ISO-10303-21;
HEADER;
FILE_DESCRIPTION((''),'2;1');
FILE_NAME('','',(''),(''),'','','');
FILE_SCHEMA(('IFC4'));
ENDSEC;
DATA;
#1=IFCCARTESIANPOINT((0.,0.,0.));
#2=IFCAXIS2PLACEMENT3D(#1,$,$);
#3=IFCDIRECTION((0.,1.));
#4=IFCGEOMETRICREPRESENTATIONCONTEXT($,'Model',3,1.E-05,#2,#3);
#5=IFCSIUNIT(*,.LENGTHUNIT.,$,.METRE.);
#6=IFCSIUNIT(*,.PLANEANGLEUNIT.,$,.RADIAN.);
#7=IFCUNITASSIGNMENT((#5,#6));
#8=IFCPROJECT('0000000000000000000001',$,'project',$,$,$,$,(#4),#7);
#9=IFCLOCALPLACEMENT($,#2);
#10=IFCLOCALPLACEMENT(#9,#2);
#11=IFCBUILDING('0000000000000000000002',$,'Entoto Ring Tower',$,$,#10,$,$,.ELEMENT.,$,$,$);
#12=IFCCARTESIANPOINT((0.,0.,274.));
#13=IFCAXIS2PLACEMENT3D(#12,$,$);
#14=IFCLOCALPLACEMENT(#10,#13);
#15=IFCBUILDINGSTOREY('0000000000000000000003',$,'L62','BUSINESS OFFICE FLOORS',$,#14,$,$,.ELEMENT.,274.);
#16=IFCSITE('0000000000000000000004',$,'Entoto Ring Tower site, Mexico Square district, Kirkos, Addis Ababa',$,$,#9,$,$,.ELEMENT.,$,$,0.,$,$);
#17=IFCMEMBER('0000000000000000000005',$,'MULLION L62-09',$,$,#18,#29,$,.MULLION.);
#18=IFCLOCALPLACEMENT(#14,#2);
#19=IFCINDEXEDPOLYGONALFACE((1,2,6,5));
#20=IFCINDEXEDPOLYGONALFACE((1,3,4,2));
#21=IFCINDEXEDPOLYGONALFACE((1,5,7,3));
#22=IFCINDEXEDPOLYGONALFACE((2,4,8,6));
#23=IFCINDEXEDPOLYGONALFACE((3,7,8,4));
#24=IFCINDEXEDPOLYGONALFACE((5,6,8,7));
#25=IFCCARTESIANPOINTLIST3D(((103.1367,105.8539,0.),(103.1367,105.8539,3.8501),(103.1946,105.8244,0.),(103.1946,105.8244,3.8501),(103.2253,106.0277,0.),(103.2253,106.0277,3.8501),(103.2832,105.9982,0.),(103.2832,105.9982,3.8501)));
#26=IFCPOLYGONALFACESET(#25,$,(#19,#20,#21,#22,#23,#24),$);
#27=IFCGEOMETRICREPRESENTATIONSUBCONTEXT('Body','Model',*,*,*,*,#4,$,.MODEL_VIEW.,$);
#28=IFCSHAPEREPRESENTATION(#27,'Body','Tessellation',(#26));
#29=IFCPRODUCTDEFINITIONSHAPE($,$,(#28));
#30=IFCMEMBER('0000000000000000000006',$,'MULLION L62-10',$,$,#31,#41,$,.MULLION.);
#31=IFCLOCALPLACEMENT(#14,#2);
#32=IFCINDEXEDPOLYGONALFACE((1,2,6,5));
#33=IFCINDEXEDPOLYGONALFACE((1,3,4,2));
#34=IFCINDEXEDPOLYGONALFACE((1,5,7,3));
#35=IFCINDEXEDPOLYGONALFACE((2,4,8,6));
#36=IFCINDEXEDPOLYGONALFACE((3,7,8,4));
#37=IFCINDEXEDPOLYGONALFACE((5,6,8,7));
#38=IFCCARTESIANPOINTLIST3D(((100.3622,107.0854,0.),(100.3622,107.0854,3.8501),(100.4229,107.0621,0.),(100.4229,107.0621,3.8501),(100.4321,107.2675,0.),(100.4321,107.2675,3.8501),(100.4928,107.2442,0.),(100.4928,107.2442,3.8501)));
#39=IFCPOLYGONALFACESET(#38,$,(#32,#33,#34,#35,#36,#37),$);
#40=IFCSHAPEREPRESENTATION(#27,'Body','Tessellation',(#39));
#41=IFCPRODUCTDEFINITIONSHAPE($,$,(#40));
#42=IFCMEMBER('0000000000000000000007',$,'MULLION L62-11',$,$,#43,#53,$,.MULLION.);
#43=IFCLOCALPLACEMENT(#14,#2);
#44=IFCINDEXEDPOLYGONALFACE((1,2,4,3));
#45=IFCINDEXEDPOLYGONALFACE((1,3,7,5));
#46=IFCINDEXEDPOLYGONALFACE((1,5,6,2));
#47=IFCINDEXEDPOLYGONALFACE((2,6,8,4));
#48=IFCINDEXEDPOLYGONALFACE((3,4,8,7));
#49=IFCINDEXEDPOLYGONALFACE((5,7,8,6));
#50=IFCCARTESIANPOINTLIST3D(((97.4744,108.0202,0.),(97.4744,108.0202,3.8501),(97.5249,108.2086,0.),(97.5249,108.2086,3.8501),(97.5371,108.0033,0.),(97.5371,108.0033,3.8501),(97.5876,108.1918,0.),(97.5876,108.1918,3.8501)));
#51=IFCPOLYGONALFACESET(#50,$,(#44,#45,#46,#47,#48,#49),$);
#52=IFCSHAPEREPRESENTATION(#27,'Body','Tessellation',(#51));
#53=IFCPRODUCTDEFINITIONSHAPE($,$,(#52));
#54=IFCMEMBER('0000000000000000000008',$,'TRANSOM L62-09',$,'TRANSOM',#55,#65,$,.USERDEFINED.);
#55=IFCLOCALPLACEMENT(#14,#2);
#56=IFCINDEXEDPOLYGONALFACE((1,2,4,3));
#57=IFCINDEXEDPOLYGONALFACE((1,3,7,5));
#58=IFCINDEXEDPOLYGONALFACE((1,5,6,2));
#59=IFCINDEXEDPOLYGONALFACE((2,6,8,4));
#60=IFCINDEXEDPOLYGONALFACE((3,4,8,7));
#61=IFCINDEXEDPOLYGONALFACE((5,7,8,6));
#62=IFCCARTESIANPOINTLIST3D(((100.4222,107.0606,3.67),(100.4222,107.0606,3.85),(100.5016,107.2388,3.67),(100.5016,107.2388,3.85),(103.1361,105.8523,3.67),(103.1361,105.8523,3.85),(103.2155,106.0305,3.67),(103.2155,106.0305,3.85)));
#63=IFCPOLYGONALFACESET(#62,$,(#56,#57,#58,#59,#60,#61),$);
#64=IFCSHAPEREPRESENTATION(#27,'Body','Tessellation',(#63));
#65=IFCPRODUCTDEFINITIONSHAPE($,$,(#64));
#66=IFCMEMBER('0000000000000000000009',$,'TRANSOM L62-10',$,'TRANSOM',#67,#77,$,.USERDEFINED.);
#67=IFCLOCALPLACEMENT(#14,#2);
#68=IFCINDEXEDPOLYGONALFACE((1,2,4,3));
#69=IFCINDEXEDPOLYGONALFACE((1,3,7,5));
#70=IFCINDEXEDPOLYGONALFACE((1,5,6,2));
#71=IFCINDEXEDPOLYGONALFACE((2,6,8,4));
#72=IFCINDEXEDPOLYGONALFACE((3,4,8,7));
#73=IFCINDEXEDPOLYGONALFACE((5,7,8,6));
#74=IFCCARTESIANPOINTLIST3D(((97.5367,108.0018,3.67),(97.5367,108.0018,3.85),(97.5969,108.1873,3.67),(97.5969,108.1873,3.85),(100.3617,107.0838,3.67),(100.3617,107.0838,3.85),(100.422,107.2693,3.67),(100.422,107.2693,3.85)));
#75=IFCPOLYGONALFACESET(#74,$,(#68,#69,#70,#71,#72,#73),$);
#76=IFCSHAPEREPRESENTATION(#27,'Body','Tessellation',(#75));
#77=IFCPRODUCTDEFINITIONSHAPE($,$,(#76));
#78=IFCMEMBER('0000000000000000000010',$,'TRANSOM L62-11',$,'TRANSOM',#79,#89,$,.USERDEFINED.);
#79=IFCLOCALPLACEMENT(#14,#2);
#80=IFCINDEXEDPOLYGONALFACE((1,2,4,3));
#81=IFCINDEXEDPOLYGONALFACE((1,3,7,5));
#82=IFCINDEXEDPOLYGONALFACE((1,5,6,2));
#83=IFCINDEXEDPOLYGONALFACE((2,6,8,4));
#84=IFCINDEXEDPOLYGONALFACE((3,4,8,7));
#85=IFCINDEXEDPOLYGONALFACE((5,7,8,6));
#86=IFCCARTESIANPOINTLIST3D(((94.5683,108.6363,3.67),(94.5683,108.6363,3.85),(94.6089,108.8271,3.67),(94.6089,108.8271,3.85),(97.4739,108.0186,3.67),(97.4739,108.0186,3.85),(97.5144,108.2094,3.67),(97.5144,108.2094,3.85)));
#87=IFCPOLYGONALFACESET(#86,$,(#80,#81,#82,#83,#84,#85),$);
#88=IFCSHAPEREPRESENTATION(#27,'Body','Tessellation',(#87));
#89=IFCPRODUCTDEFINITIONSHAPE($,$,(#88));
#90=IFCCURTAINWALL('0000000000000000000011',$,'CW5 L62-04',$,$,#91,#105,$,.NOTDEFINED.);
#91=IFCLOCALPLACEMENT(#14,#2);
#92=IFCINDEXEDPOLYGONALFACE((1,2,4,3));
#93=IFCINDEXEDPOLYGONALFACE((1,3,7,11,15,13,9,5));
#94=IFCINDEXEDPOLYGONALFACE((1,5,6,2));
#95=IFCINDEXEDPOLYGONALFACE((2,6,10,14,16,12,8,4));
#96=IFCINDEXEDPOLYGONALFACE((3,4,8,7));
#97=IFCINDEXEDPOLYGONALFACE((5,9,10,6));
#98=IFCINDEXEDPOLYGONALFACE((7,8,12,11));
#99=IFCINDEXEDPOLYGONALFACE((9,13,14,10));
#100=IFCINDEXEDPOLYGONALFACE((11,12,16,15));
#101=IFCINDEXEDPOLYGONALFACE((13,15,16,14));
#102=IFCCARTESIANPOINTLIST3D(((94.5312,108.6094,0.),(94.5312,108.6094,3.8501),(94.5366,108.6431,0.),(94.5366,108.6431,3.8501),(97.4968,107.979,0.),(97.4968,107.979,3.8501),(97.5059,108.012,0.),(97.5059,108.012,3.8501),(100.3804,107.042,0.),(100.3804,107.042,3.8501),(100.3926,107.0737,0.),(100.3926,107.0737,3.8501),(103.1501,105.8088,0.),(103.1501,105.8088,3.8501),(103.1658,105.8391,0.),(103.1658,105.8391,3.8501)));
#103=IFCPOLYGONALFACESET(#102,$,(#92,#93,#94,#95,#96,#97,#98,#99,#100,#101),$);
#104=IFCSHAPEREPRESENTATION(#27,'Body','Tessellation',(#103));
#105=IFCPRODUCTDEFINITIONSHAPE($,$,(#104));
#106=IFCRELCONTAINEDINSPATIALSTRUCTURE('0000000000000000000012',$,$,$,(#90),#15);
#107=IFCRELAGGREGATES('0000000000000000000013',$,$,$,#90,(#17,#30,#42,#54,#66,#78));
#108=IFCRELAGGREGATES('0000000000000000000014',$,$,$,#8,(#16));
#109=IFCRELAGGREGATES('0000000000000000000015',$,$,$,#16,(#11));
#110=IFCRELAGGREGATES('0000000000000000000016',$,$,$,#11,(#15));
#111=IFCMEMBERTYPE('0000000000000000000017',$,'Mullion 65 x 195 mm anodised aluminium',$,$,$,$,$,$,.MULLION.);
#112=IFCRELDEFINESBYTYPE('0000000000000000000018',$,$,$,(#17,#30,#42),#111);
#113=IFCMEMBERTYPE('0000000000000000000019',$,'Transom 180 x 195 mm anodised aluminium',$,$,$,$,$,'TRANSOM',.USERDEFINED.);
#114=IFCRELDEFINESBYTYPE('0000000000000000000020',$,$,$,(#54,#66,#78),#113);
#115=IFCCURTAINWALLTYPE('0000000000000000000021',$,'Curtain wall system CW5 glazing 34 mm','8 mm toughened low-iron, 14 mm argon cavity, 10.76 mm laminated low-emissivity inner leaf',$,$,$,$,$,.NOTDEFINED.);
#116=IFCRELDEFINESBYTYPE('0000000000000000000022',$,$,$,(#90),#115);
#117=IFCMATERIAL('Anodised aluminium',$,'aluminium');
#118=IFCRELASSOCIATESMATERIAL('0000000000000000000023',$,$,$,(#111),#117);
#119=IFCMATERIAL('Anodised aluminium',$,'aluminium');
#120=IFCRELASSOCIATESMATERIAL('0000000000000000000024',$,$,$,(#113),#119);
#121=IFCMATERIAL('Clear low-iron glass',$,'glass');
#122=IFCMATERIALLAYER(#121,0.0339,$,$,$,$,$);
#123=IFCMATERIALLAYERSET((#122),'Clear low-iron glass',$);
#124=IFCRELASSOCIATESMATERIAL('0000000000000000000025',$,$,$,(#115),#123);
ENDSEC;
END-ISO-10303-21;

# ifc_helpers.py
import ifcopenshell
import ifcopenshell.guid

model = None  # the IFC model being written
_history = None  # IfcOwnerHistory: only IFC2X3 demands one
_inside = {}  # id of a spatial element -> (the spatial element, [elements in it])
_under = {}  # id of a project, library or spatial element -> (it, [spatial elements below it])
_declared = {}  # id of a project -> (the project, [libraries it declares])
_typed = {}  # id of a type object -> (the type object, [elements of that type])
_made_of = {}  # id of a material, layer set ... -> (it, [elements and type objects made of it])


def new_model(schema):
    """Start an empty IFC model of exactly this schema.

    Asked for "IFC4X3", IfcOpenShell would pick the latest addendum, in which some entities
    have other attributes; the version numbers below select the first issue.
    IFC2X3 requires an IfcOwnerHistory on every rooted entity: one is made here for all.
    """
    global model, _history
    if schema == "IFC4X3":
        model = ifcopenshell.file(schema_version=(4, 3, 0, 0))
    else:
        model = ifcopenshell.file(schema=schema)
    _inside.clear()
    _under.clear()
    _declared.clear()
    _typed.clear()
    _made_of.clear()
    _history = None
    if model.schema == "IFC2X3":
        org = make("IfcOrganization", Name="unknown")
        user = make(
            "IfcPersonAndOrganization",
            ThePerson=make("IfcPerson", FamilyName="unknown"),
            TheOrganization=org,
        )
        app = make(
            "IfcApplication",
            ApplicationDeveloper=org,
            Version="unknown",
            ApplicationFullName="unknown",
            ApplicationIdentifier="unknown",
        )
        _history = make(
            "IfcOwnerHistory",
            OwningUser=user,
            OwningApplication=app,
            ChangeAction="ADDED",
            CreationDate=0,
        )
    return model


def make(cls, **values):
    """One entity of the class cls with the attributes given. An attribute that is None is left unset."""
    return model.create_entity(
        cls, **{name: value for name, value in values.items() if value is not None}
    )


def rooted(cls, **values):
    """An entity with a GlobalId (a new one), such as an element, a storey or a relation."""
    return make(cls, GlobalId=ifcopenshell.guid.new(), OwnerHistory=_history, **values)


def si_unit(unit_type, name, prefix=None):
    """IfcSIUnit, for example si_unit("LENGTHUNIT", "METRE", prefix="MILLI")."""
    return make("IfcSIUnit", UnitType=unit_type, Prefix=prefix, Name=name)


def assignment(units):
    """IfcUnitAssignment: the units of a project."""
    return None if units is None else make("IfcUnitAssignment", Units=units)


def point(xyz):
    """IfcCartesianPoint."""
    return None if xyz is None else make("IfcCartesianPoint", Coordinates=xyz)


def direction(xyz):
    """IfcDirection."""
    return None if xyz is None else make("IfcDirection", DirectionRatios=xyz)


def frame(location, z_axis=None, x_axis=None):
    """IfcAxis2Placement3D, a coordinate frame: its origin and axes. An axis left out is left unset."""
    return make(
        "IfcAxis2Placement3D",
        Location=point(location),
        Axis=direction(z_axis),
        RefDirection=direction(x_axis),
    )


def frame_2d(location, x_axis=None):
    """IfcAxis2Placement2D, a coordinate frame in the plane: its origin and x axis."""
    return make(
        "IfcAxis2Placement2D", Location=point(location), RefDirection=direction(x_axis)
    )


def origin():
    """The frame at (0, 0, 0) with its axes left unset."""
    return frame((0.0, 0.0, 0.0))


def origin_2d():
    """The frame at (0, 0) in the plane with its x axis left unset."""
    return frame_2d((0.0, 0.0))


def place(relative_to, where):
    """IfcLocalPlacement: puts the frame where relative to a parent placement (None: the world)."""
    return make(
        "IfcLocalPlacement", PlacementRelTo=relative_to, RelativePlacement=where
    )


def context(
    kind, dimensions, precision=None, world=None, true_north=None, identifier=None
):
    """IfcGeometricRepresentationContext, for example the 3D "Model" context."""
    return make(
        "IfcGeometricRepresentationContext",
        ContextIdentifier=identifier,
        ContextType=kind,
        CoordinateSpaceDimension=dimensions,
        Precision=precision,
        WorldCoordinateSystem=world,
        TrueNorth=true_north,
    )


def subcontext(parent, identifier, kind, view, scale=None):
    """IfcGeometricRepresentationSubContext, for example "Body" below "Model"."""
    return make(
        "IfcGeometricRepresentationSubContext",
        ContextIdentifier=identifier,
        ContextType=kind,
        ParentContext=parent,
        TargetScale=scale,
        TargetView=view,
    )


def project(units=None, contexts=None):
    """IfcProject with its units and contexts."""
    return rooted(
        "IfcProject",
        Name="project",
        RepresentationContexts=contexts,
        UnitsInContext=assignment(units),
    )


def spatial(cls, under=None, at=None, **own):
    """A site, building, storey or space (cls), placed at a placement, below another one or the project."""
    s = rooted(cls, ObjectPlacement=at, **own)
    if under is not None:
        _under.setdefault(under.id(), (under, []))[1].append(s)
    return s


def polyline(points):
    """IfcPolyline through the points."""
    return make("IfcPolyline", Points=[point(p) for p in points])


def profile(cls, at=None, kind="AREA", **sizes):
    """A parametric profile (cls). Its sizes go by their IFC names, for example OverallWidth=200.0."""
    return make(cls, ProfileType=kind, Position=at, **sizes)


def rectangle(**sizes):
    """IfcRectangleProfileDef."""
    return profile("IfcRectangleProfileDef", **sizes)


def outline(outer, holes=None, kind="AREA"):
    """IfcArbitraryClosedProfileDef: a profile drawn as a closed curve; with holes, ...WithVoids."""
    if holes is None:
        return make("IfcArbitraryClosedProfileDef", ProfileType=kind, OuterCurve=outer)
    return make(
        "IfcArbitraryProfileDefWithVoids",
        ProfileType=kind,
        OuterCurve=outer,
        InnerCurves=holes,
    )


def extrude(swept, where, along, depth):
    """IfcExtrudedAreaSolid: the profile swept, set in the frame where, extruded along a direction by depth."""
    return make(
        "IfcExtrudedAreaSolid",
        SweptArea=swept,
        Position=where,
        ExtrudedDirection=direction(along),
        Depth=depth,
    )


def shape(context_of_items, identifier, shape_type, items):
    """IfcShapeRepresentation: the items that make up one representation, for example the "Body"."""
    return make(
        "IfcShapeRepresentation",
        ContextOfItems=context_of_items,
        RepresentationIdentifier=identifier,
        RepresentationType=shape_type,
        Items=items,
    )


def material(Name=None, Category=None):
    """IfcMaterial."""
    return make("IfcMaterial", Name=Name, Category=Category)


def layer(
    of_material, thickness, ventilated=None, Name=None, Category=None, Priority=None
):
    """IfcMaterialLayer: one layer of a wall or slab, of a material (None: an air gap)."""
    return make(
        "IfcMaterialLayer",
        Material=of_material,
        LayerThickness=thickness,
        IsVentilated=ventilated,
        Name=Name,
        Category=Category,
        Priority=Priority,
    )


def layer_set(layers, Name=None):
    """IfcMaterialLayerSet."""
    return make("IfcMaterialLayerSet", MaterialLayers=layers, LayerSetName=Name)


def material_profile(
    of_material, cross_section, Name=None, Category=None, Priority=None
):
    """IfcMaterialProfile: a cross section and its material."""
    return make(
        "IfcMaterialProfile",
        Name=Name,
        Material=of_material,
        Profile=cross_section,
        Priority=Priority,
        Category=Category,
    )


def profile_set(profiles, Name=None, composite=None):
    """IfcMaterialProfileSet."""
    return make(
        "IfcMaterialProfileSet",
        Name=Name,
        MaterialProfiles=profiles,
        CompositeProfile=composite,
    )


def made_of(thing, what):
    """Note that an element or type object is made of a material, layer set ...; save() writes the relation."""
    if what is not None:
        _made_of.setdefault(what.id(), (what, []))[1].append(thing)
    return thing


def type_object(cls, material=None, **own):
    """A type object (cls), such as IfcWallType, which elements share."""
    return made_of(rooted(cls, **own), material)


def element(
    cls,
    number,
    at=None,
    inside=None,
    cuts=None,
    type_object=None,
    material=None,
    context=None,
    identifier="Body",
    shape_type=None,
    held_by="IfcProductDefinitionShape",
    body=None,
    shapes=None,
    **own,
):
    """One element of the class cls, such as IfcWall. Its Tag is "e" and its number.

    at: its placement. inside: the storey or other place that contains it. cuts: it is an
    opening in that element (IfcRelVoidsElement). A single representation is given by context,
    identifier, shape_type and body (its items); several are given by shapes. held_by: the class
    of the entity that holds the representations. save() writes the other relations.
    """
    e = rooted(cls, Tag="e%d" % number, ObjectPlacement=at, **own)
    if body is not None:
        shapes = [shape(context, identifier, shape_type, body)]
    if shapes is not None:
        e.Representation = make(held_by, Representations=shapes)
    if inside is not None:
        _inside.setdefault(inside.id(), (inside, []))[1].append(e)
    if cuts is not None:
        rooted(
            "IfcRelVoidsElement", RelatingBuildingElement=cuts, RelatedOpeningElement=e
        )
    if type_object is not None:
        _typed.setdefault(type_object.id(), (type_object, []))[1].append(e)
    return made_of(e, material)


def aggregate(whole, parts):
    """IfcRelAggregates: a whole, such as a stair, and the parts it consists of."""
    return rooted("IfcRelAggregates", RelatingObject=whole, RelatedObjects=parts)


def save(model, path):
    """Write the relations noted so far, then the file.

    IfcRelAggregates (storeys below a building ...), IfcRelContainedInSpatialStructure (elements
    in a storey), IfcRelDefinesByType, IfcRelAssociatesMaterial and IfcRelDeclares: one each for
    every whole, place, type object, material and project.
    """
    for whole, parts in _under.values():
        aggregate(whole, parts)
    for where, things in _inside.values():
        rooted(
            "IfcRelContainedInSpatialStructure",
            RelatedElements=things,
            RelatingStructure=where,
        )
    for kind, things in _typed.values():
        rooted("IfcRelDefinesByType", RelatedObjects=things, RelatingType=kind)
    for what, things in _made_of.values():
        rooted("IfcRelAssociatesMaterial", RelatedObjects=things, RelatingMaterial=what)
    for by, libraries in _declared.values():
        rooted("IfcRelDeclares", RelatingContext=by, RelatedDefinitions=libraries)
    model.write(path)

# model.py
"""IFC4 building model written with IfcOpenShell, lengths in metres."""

from ifc_helpers import new_model, si_unit, direction, frame, origin, origin_2d, place, context, subcontext, project, spatial, polyline, rectangle, outline, extrude, material, layer, layer_set, material_profile, profile_set, type_object, element, aggregate, save


model = new_model("IFC4")

# Units and contexts
model_context = context("Model", 3, precision=1e-05, world=origin(), true_north=direction((0.0, 1.0)))
body_context = subcontext(model_context, "Body", "Model", "MODEL_VIEW")
ifc_project = project(units=[si_unit("LENGTHUNIT", "METRE"), si_unit("PLANEANGLEUNIT", "RADIAN")], contexts=[model_context])

# Members
ifc_material_1 = material(Name="Anodised aluminium", Category="aluminium")
ifc_material_profile_1 = material_profile(ifc_material_1, rectangle(XDim=0.0649, YDim=0.1951, at=origin_2d()), Name="Mullion 65 x 195 mm anodised aluminium")
ifc_profile_set_1 = profile_set([ifc_material_profile_1], Name="Anodised aluminium")
member_type_1 = type_object("IfcMemberType", Name="Mullion 65 x 195 mm anodised aluminium", PredefinedType="MULLION", material=ifc_profile_set_1)
site_placement = place(None, origin())
building_placement = place(site_placement, origin())
storey_placement = place(building_placement, frame((0.0, 0.0, 274.0)))
member_1_placement = place(storey_placement, frame((103.21, 105.926, 0.0), z_axis=(0.0, 0.0, 1.0), x_axis=(-0.891007, 0.45399, 0.0)))
member_1 = element("IfcMember", 1, at=member_1_placement, type_object=member_type_1, Name="MULLION L62-09", PredefinedType="MULLION", context=body_context, shape_type="SweptSolid", body=[
    extrude(rectangle(XDim=0.0649, YDim=0.1951, at=origin_2d()), origin(), (0.0, 0.0, 1.0), 3.8501),
])
member_2_placement = place(storey_placement, frame((100.4275, 107.1648, 0.0), z_axis=(0.0, 0.0, 1.0), x_axis=(-0.93358, 0.358368, 0.0)))
member_2 = element("IfcMember", 2, at=member_2_placement, type_object=member_type_1, Name="MULLION L62-10", PredefinedType="MULLION", context=body_context, shape_type="SweptSolid", body=[
    extrude(rectangle(XDim=0.0649, YDim=0.1951, at=origin_2d()), origin(), (0.0, 0.0, 1.0), 3.8501),
])
member_3_placement = place(storey_placement, frame((97.531, 108.106, 0.0), z_axis=(0.0, 0.0, 1.0), x_axis=(-0.965926, 0.258819, 0.0)))
member_3 = element("IfcMember", 3, at=member_3_placement, type_object=member_type_1, Name="MULLION L62-11", PredefinedType="MULLION", context=body_context, shape_type="SweptSolid", body=[
    extrude(rectangle(XDim=0.0649, YDim=0.1951, at=origin_2d()), origin(), (0.0, 0.0, 1.0), 3.8501),
])
ifc_material_2 = material(Name="Anodised aluminium", Category="aluminium")
ifc_material_profile_2 = material_profile(ifc_material_2, rectangle(XDim=0.1951, YDim=0.1799, at=origin_2d()), Name="Transom 180 x 195 mm anodised aluminium")
ifc_profile_set_2 = profile_set([ifc_material_profile_2], Name="Anodised aluminium")
member_type_2 = type_object("IfcMemberType", Name="Transom 180 x 195 mm anodised aluminium", ElementType="TRANSOM", PredefinedType="USERDEFINED", material=ifc_profile_set_2)
member_4_placement = place(storey_placement, frame((103.1758, 105.9414, 3.76), z_axis=(-0.91355, 0.406726, 0.0), x_axis=(-0.406726, -0.91355, 0.0)))
member_4 = element("IfcMember", 4, at=member_4_placement, type_object=member_type_2, Name="TRANSOM L62-09", ObjectType="TRANSOM", PredefinedType="USERDEFINED", context=body_context, shape_type="SweptSolid", body=[
    extrude(rectangle(XDim=0.1951, YDim=0.1799, at=origin_2d()), origin(), (0.0, 0.0, 1.0), 2.9707),
])
member_5_placement = place(storey_placement, frame((100.3918, 107.1765, 3.76), z_axis=(-0.951048, 0.309043, 0.0), x_axis=(-0.309043, -0.951048, 0.0)))
member_5 = element("IfcMember", 5, at=member_5_placement, type_object=member_type_2, Name="TRANSOM L62-10", ObjectType="TRANSOM", PredefinedType="USERDEFINED", context=body_context, shape_type="SweptSolid", body=[
    extrude(rectangle(XDim=0.1951, YDim=0.1799, at=origin_2d()), origin(), (0.0, 0.0, 1.0), 2.9705),
])
member_6_placement = place(storey_placement, frame((97.4941, 108.114, 3.76), z_axis=(-0.978142, 0.20794, 0.0), x_axis=(-0.20794, -0.978142, 0.0)))
member_6 = element("IfcMember", 6, at=member_6_placement, type_object=member_type_2, Name="TRANSOM L62-11", ObjectType="TRANSOM", PredefinedType="USERDEFINED", context=body_context, shape_type="SweptSolid", body=[
    extrude(rectangle(XDim=0.1951, YDim=0.1799, at=origin_2d()), origin(), (0.0, 0.0, 1.0), 2.9705),
])

# Site, building, storey
site = spatial("IfcSite", under=ifc_project, at=site_placement, Name="Entoto Ring Tower site, Mexico Square district, Kirkos, Addis Ababa", CompositionType="ELEMENT", RefElevation=0.0)
building = spatial("IfcBuilding", under=site, at=building_placement, Name="Entoto Ring Tower", CompositionType="ELEMENT")
storey = spatial("IfcBuildingStorey", under=building, at=storey_placement, Name="L62", Description="BUSINESS OFFICE FLOORS", CompositionType="ELEMENT", Elevation=274.0)

# Curtain wall
ifc_material_3 = material(Name="Clear low-iron glass", Category="glass")
ifc_layer = layer(ifc_material_3, 0.0339)
ifc_layer_set = layer_set([ifc_layer], Name="Clear low-iron glass")
curtain_wall_type = type_object("IfcCurtainWallType", Name="Curtain wall system CW5 glazing 34 mm", Description="8 mm toughened low-iron, 14 mm argon cavity, 10.76 mm laminated low-emissivity inner leaf", PredefinedType="NOTDEFINED", material=ifc_layer_set)
curtain_wall_1_placement = place(storey_placement, origin())
curtain_wall_1 = element("IfcCurtainWall", 7, at=curtain_wall_1_placement, inside=storey, type_object=curtain_wall_type, Name="CW5 L62-04", PredefinedType="NOTDEFINED", context=body_context, shape_type="SweptSolid", body=[
    extrude(outline(polyline([(103.1658, 105.8391), (100.3926, 107.0737), (97.5059, 108.012), (94.5366, 108.6431), (94.5312, 108.6094), (97.4968, 107.979), (100.3804, 107.042), (103.1501, 105.8088), (103.1658, 105.8391)])), origin(), (0.0, 0.0, 1.0), 3.8501),
])
aggregate(curtain_wall_1, [member_1, member_2, member_3, member_4, member_5, member_6])

save(model, "model.ifc")
